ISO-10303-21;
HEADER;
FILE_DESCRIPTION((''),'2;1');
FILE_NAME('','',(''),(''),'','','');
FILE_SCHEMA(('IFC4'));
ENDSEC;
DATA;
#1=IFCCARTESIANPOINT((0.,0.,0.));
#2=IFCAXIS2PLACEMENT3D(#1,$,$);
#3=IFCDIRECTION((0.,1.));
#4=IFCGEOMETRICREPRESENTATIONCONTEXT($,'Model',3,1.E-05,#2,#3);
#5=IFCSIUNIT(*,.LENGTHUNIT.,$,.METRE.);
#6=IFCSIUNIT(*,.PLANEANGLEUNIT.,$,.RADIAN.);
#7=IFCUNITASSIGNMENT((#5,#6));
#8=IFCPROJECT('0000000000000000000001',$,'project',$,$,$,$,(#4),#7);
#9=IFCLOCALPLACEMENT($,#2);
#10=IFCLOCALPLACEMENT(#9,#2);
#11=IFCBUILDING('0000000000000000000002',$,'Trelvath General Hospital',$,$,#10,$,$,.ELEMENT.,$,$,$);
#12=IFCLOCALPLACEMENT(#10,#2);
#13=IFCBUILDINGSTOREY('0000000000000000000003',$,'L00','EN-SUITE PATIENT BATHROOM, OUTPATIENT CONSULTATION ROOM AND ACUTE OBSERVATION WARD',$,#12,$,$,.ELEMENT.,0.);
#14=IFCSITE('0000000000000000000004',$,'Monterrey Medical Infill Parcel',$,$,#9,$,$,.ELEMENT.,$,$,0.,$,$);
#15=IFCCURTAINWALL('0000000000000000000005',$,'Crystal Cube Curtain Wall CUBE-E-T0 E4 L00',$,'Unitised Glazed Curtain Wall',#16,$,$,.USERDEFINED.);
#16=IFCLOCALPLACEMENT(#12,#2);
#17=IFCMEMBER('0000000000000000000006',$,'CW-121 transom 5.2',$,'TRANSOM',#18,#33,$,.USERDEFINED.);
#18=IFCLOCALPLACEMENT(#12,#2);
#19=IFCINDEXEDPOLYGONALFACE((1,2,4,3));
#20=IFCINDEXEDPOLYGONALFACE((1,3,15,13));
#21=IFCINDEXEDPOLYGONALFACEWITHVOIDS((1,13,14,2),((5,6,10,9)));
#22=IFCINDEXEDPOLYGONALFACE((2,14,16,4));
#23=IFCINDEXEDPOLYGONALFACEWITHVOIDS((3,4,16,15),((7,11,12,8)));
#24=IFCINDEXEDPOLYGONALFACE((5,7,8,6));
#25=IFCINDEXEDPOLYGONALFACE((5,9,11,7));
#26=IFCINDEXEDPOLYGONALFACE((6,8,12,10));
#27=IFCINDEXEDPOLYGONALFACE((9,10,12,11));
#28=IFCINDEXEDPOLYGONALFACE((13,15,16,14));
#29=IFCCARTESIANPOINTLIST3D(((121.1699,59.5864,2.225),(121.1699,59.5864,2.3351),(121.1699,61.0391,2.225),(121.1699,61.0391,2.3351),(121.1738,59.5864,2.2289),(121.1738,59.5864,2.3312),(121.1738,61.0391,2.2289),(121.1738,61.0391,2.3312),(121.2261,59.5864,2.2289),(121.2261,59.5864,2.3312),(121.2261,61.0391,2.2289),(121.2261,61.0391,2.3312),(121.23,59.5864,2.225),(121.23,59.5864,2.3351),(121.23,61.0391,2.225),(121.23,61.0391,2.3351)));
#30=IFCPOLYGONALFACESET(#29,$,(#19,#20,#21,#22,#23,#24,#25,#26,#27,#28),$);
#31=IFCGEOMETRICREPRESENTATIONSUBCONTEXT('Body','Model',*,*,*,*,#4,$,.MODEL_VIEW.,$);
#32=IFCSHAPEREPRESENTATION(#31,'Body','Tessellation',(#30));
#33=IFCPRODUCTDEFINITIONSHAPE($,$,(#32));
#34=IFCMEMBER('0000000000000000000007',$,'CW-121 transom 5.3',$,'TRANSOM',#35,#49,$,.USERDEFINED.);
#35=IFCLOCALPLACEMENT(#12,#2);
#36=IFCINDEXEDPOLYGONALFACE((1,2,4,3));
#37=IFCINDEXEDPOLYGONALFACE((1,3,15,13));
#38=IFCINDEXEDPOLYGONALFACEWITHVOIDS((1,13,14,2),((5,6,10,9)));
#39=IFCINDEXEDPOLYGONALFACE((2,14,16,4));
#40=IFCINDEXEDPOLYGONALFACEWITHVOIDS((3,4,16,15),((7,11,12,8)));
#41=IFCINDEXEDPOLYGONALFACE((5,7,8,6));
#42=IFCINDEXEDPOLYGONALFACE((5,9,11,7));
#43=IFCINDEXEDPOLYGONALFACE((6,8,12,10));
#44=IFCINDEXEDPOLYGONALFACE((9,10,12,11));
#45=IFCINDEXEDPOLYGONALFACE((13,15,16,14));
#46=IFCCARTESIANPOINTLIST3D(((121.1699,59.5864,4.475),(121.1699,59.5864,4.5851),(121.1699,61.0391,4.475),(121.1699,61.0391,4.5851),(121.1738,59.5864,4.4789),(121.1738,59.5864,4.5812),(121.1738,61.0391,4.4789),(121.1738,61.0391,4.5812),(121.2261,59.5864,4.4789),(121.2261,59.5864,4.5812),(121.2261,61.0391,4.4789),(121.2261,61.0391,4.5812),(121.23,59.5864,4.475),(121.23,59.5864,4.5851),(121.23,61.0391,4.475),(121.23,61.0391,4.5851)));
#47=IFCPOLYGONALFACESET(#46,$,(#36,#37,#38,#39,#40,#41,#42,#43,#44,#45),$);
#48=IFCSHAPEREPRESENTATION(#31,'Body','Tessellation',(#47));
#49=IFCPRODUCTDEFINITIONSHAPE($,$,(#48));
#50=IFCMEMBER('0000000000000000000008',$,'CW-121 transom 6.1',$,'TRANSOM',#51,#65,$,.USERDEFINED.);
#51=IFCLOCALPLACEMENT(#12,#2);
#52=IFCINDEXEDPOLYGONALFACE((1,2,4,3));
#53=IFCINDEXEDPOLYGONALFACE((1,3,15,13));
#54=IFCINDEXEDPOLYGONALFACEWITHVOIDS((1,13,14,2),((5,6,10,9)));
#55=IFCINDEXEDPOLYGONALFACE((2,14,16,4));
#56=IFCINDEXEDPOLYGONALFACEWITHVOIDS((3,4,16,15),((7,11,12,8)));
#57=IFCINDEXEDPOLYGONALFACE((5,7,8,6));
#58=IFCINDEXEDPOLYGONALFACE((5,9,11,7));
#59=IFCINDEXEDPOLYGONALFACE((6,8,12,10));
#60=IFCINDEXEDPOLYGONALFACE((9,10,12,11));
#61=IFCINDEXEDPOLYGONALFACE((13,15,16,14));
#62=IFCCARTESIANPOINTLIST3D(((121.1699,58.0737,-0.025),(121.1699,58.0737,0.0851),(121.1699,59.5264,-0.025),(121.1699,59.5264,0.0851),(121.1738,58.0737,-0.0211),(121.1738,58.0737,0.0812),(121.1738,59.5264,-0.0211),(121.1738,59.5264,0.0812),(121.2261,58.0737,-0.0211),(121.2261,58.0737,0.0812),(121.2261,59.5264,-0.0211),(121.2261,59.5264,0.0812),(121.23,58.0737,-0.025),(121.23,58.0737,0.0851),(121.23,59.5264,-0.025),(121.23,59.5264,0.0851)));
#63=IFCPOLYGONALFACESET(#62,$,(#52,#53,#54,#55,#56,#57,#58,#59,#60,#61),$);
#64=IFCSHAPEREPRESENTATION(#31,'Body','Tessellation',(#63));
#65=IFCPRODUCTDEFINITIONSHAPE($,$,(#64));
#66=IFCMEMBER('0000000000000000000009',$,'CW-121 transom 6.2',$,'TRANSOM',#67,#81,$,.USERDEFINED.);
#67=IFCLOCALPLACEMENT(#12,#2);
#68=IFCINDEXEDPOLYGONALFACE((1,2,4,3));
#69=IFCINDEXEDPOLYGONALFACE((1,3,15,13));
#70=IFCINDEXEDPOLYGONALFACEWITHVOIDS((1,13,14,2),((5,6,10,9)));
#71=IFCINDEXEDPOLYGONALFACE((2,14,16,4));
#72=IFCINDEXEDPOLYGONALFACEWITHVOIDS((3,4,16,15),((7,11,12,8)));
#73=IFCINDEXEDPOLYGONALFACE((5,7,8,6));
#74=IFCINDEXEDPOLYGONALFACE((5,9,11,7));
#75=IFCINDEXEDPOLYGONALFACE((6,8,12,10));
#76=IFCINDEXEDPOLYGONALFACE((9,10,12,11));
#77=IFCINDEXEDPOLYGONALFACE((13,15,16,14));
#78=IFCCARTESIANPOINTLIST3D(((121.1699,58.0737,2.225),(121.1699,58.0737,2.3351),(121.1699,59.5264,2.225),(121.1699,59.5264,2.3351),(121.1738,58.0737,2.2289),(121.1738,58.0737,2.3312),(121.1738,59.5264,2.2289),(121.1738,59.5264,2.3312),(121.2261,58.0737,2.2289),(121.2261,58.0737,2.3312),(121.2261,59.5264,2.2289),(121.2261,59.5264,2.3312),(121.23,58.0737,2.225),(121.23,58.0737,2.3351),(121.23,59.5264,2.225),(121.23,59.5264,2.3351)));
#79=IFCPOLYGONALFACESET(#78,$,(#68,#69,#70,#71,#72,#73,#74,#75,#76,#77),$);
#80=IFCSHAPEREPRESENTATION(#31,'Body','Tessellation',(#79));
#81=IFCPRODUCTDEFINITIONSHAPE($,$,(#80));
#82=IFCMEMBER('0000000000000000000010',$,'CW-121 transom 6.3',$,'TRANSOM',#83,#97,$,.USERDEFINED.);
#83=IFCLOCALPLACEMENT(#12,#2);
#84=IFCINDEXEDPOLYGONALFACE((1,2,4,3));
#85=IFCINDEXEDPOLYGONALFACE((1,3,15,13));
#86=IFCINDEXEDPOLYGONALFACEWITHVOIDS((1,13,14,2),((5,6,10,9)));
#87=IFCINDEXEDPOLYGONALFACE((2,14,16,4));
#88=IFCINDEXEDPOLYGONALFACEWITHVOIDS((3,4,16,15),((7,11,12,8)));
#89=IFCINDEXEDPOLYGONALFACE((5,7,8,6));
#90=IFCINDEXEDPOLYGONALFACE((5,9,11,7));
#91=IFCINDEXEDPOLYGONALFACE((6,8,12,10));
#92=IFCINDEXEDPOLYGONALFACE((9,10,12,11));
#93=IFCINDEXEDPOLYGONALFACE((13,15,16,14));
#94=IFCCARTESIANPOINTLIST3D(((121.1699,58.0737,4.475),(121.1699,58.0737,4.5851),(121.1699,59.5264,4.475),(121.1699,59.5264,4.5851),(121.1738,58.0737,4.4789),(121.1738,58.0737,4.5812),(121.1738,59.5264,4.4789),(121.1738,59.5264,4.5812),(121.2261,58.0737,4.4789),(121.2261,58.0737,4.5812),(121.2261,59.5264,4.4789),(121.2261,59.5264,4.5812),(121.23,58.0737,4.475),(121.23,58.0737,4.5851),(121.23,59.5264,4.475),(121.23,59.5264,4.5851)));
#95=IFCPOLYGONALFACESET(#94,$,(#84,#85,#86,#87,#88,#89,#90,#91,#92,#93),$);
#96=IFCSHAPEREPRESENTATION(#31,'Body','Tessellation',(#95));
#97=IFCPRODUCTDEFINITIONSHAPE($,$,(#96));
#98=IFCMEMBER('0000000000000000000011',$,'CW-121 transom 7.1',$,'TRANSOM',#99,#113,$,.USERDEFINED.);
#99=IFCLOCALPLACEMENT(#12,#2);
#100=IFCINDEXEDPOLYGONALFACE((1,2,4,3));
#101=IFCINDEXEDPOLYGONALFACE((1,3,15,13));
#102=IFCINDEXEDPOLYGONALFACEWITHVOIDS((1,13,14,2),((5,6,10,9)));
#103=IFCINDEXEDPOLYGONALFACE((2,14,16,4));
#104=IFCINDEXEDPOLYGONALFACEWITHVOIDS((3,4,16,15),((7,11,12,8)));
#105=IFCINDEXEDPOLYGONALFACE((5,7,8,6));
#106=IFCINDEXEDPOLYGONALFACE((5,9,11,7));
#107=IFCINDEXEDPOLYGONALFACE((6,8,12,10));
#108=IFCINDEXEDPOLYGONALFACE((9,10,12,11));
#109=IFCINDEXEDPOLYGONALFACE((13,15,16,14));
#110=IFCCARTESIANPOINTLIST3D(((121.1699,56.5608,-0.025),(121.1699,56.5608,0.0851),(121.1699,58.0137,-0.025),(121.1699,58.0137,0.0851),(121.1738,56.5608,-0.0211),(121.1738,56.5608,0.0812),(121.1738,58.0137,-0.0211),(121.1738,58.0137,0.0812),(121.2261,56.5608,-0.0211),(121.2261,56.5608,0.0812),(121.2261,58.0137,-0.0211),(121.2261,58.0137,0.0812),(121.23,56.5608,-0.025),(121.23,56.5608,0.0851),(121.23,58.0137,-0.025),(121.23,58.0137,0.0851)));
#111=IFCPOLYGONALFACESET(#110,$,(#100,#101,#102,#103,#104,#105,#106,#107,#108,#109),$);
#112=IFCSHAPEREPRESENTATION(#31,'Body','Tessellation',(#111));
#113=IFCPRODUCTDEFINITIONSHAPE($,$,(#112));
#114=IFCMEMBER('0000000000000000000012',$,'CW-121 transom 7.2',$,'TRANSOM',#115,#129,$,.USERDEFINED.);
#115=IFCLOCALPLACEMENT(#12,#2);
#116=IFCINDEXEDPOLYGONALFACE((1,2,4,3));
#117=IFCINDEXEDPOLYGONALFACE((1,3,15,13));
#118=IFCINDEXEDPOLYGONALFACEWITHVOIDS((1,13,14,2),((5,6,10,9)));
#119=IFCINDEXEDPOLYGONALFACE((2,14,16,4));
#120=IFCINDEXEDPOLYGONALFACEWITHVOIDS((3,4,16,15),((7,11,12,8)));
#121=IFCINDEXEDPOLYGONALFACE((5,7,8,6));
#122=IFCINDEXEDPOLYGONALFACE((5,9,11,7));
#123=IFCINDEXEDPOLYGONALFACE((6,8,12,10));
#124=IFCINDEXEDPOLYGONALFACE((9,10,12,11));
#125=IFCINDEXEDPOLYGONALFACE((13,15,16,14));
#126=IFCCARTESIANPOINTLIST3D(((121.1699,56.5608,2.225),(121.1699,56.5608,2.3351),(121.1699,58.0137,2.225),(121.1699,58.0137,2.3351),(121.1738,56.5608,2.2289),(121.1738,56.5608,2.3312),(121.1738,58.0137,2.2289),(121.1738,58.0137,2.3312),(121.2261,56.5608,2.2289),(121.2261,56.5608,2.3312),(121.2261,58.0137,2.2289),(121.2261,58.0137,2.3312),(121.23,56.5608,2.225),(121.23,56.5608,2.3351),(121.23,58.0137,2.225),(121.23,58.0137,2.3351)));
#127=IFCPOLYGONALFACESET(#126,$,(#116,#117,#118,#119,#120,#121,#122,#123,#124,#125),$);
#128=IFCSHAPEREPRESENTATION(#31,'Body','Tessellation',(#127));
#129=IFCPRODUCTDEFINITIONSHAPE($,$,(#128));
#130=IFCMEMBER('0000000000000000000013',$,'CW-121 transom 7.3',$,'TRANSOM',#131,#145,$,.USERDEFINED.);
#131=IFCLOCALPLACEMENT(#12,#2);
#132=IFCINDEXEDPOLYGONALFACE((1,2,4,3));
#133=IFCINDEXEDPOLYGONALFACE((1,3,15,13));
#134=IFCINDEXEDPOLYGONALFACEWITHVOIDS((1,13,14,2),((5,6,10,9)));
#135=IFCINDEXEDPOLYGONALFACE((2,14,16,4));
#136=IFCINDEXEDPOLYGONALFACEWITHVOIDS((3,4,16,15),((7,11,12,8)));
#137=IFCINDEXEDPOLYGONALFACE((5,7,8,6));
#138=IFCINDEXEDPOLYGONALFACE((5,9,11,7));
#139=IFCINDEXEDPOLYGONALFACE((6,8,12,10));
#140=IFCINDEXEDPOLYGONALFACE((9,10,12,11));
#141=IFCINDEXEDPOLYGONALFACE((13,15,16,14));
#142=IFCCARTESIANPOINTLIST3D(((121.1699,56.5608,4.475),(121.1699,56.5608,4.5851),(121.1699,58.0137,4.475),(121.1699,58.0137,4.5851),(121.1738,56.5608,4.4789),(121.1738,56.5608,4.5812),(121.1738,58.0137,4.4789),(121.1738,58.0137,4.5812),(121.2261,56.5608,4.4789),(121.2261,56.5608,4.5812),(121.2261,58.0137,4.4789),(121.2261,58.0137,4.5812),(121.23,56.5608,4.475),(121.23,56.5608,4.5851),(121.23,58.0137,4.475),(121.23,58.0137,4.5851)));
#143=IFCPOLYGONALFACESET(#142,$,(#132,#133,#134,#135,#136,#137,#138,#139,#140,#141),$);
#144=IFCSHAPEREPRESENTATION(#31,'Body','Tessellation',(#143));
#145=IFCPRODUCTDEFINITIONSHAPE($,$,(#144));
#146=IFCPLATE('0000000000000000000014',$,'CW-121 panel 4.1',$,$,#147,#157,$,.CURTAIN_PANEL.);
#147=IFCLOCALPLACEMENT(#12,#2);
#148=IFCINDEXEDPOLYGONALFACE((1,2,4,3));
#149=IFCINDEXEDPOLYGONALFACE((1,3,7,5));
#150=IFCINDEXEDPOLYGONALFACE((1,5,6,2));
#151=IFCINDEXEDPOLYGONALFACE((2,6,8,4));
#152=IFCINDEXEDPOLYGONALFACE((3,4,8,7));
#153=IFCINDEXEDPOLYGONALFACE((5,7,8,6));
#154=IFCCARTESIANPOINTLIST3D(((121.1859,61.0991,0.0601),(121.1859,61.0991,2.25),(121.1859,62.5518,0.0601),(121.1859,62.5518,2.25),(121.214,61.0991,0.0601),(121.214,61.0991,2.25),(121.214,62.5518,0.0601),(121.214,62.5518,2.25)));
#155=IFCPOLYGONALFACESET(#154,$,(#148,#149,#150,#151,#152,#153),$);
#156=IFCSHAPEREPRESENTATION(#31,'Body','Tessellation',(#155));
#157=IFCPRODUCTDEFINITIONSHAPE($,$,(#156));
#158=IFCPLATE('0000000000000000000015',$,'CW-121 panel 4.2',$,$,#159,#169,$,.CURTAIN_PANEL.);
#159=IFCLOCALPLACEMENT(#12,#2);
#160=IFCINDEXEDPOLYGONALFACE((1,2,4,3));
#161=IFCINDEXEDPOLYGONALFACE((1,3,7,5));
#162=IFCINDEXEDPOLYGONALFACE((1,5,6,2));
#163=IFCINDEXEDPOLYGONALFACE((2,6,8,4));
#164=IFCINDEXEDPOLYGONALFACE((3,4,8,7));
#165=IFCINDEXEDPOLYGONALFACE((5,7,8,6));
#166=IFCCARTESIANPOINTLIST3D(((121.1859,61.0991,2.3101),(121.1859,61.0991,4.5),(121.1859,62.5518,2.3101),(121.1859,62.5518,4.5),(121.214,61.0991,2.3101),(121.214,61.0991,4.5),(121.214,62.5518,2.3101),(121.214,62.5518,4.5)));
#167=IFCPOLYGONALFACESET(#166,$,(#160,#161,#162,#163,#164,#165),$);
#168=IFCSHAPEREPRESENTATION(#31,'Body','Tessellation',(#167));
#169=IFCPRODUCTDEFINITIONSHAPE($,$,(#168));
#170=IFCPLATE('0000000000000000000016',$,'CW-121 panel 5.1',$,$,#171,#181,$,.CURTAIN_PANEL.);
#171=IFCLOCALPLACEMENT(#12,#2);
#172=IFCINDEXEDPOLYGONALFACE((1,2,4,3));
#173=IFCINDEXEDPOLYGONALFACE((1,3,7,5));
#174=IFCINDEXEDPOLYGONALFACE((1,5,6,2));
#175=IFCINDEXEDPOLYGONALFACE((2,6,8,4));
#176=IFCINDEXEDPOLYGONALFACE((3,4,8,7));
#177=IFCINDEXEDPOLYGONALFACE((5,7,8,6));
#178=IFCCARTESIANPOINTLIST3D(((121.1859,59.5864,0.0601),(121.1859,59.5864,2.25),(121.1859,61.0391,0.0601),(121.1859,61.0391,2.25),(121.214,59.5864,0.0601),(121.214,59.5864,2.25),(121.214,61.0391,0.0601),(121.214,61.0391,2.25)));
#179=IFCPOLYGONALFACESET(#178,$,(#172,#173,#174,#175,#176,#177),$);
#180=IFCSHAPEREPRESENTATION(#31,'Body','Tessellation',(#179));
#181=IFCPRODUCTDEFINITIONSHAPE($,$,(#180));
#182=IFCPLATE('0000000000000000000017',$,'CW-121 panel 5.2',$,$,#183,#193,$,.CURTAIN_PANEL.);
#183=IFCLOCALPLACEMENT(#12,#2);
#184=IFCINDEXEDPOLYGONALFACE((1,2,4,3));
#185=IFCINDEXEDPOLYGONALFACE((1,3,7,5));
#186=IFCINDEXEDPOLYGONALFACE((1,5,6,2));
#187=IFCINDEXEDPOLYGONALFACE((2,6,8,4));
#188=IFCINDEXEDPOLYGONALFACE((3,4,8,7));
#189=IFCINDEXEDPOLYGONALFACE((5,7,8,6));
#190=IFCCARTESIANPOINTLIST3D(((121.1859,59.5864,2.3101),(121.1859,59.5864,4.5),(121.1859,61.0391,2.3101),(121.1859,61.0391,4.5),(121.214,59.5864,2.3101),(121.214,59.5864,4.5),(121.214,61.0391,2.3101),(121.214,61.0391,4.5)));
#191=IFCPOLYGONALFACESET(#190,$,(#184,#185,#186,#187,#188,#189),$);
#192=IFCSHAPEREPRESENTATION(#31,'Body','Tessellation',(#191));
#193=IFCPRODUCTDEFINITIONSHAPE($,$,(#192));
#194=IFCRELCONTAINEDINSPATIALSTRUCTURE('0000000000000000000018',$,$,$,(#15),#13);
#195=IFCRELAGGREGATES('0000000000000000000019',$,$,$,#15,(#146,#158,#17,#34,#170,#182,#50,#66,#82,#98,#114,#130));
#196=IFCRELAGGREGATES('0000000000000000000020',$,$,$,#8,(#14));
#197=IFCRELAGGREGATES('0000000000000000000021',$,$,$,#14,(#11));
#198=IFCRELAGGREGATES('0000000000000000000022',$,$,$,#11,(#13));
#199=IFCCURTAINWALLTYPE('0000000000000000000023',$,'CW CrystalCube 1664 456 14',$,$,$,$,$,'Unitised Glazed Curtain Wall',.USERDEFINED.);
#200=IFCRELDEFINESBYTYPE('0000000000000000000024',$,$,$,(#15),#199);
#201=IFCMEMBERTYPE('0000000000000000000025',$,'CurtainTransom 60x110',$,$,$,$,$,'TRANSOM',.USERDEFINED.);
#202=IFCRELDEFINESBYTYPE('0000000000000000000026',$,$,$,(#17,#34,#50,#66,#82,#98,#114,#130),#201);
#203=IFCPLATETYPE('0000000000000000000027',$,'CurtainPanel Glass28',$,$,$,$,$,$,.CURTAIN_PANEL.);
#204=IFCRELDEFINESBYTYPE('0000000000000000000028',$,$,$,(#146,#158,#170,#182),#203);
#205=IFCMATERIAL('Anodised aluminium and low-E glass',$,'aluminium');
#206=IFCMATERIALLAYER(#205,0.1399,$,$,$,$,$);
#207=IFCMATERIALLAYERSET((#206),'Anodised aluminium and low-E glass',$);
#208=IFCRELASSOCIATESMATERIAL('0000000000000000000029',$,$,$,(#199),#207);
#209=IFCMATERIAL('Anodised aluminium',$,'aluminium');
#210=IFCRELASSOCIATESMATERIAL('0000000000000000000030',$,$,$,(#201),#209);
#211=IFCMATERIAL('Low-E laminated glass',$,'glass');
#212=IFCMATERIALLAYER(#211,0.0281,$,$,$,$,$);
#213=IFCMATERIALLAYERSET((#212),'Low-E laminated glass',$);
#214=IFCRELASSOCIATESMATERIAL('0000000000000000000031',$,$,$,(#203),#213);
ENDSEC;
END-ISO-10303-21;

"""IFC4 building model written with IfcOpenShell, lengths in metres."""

from ifc_helpers import new_model, si_unit, direction, frame, origin, origin_2d, place, context, subcontext, project, spatial, rectangle, hollow_rectangle, extrude, material, layer, layer_set, material_profile, profile_set, type_object, element, aggregate, save


model = new_model("IFC4")

# Units and contexts
model_context = context("Model", 3, precision=1e-05, world=origin(), true_north=direction((0.0, 1.0)))
body_context = subcontext(model_context, "Body", "Model", "MODEL_VIEW")
ifc_project = project(units=[si_unit("LENGTHUNIT", "METRE"), si_unit("PLANEANGLEUNIT", "RADIAN")], contexts=[model_context])

# Site, building, storey
site_placement = place(None, origin())
site = spatial("IfcSite", under=ifc_project, at=site_placement, Name="Monterrey Medical Infill Parcel", CompositionType="ELEMENT", RefElevation=0.0)
building_placement = place(site_placement, origin())
building = spatial("IfcBuilding", under=site, at=building_placement, Name="Trelvath General Hospital", CompositionType="ELEMENT")
storey_placement = place(building_placement, origin())
storey = spatial("IfcBuildingStorey", under=building, at=storey_placement, Name="L00", Description="EN-SUITE PATIENT BATHROOM, OUTPATIENT CONSULTATION ROOM AND ACUTE OBSERVATION WARD", CompositionType="ELEMENT", Elevation=0.0)

# Curtain wall
ifc_material_1 = material(Name="Anodised aluminium and low-E glass", Category="aluminium")
ifc_layer_1 = layer(ifc_material_1, 0.1399)
ifc_layer_set_1 = layer_set([ifc_layer_1], Name="Anodised aluminium and low-E glass")
curtain_wall_type_1 = type_object("IfcCurtainWallType", Name="CW CrystalCube 1664 456 14", ElementType="Unitised Glazed Curtain Wall", PredefinedType="USERDEFINED", material=ifc_layer_set_1)
curtain_wall_1_placement = place(storey_placement, origin())
curtain_wall_1 = element("IfcCurtainWall", 1, at=curtain_wall_1_placement, inside=storey, type_object=curtain_wall_type_1, Name="Crystal Cube Curtain Wall CUBE-E-T0 E4 L00", ObjectType="Unitised Glazed Curtain Wall", PredefinedType="USERDEFINED")

# Members
ifc_material_2 = material(Name="Anodised aluminium", Category="aluminium")
ifc_material_profile_1 = material_profile(ifc_material_2, hollow_rectangle(XDim=0.0601, YDim=0.1101, WallThickness=0.0039, at=origin_2d()), Name="RHS60x110x4")
ifc_profile_set_1 = profile_set([ifc_material_profile_1], Name="Anodised aluminium")
member_type_1 = type_object("IfcMemberType", Name="CurtainTransom 60x110", ElementType="TRANSOM", PredefinedType="USERDEFINED", material=ifc_profile_set_1)
member_1_placement = place(storey_placement, frame((121.2, 61.0391, 2.28), z_axis=(0.0, -1.0, 0.0), x_axis=(1.0, 0.0, 0.0)))
member_1 = element("IfcMember", 2, at=member_1_placement, type_object=member_type_1, Name="CW-121 transom 5.2", ObjectType="TRANSOM", PredefinedType="USERDEFINED", context=body_context, shape_type="SweptSolid", body=[
    extrude(hollow_rectangle(XDim=0.0601, YDim=0.1101, WallThickness=0.0039, at=origin_2d()), origin(), (0.0, 0.0, 1.0), 1.4526),
])
member_2_placement = place(storey_placement, frame((121.2, 61.0391, 4.53), z_axis=(0.0, -1.0, 0.0), x_axis=(1.0, 0.0, 0.0)))
member_2 = element("IfcMember", 3, at=member_2_placement, type_object=member_type_1, Name="CW-121 transom 5.3", ObjectType="TRANSOM", PredefinedType="USERDEFINED", context=body_context, shape_type="SweptSolid", body=[
    extrude(hollow_rectangle(XDim=0.0601, YDim=0.1101, WallThickness=0.0039, at=origin_2d()), origin(), (0.0, 0.0, 1.0), 1.4526),
])
member_3_placement = place(storey_placement, frame((121.2, 59.5264, 0.03), z_axis=(0.0, -1.0, 0.0), x_axis=(1.0, 0.0, 0.0)))
member_3 = element("IfcMember", 4, at=member_3_placement, type_object=member_type_1, Name="CW-121 transom 6.1", ObjectType="TRANSOM", PredefinedType="USERDEFINED", context=body_context, shape_type="SweptSolid", body=[
    extrude(hollow_rectangle(XDim=0.0601, YDim=0.1101, WallThickness=0.0039, at=origin_2d()), origin(), (0.0, 0.0, 1.0), 1.4526),
])
member_4_placement = place(storey_placement, frame((121.2, 59.5264, 2.28), z_axis=(0.0, -1.0, 0.0), x_axis=(1.0, 0.0, 0.0)))
member_4 = element("IfcMember", 5, at=member_4_placement, type_object=member_type_1, Name="CW-121 transom 6.2", ObjectType="TRANSOM", PredefinedType="USERDEFINED", context=body_context, shape_type="SweptSolid", body=[
    extrude(hollow_rectangle(XDim=0.0601, YDim=0.1101, WallThickness=0.0039, at=origin_2d()), origin(), (0.0, 0.0, 1.0), 1.4526),
])
member_5_placement = place(storey_placement, frame((121.2, 59.5264, 4.53), z_axis=(0.0, -1.0, 0.0), x_axis=(1.0, 0.0, 0.0)))
member_5 = element("IfcMember", 6, at=member_5_placement, type_object=member_type_1, Name="CW-121 transom 6.3", ObjectType="TRANSOM", PredefinedType="USERDEFINED", context=body_context, shape_type="SweptSolid", body=[
    extrude(hollow_rectangle(XDim=0.0601, YDim=0.1101, WallThickness=0.0039, at=origin_2d()), origin(), (0.0, 0.0, 1.0), 1.4526),
])
member_6_placement = place(storey_placement, frame((121.2, 58.0137, 0.03), z_axis=(0.0, -1.0, 0.0), x_axis=(1.0, 0.0, 0.0)))
member_6 = element("IfcMember", 7, at=member_6_placement, type_object=member_type_1, Name="CW-121 transom 7.1", ObjectType="TRANSOM", PredefinedType="USERDEFINED", context=body_context, shape_type="SweptSolid", body=[
    extrude(hollow_rectangle(XDim=0.0601, YDim=0.1101, WallThickness=0.0039, at=origin_2d()), origin(), (0.0, 0.0, 1.0), 1.4529),
])
member_7_placement = place(storey_placement, frame((121.2, 58.0137, 2.28), z_axis=(0.0, -1.0, 0.0), x_axis=(1.0, 0.0, 0.0)))
member_7 = element("IfcMember", 8, at=member_7_placement, type_object=member_type_1, Name="CW-121 transom 7.2", ObjectType="TRANSOM", PredefinedType="USERDEFINED", context=body_context, shape_type="SweptSolid", body=[
    extrude(hollow_rectangle(XDim=0.0601, YDim=0.1101, WallThickness=0.0039, at=origin_2d()), origin(), (0.0, 0.0, 1.0), 1.4529),
])
member_8_placement = place(storey_placement, frame((121.2, 58.0137, 4.53), z_axis=(0.0, -1.0, 0.0), x_axis=(1.0, 0.0, 0.0)))
member_8 = element("IfcMember", 9, at=member_8_placement, type_object=member_type_1, Name="CW-121 transom 7.3", ObjectType="TRANSOM", PredefinedType="USERDEFINED", context=body_context, shape_type="SweptSolid", body=[
    extrude(hollow_rectangle(XDim=0.0601, YDim=0.1101, WallThickness=0.0039, at=origin_2d()), origin(), (0.0, 0.0, 1.0), 1.4529),
])

# Plates
ifc_material_3 = material(Name="Low-E laminated glass", Category="glass")
ifc_layer_2 = layer(ifc_material_3, 0.0281)
ifc_layer_set_2 = layer_set([ifc_layer_2], Name="Low-E laminated glass")
plate_type = type_object("IfcPlateType", Name="CurtainPanel Glass28", PredefinedType="CURTAIN_PANEL", material=ifc_layer_set_2)
plate_1_placement = place(storey_placement, frame((121.2, 61.8254, 0.0601), z_axis=(0.0, 0.0, 1.0), x_axis=(0.0, -1.0, 0.0)))
plate_1 = element("IfcPlate", 10, at=plate_1_placement, type_object=plate_type, Name="CW-121 panel 4.1", PredefinedType="CURTAIN_PANEL", context=body_context, shape_type="SweptSolid", body=[
    extrude(rectangle(XDim=1.4526, YDim=0.0281, at=origin_2d()), origin(), (0.0, 0.0, 1.0), 2.1899),
])
plate_2_placement = place(storey_placement, frame((121.2, 61.8254, 2.3101), z_axis=(0.0, 0.0, 1.0), x_axis=(0.0, -1.0, 0.0)))
plate_2 = element("IfcPlate", 11, at=plate_2_placement, type_object=plate_type, Name="CW-121 panel 4.2", PredefinedType="CURTAIN_PANEL", context=body_context, shape_type="SweptSolid", body=[
    extrude(rectangle(XDim=1.4526, YDim=0.0281, at=origin_2d()), origin(), (0.0, 0.0, 1.0), 2.1899),
])
plate_3_placement = place(storey_placement, frame((121.2, 60.3127, 0.0601), z_axis=(0.0, 0.0, 1.0), x_axis=(0.0, -1.0, 0.0)))
plate_3 = element("IfcPlate", 12, at=plate_3_placement, type_object=plate_type, Name="CW-121 panel 5.1", PredefinedType="CURTAIN_PANEL", context=body_context, shape_type="SweptSolid", body=[
    extrude(rectangle(XDim=1.4526, YDim=0.0281, at=origin_2d()), origin(), (0.0, 0.0, 1.0), 2.1899),
])
plate_4_placement = place(storey_placement, frame((121.2, 60.3127, 2.3101), z_axis=(0.0, 0.0, 1.0), x_axis=(0.0, -1.0, 0.0)))
plate_4 = element("IfcPlate", 13, at=plate_4_placement, type_object=plate_type, Name="CW-121 panel 5.2", PredefinedType="CURTAIN_PANEL", context=body_context, shape_type="SweptSolid", body=[
    extrude(rectangle(XDim=1.4526, YDim=0.0281, at=origin_2d()), origin(), (0.0, 0.0, 1.0), 2.1899),
])
aggregate(curtain_wall_1, [plate_1, plate_2, member_1, member_2, plate_3, plate_4, member_3, member_4, member_5, member_6, member_7, member_8])

save(model, "model.ifc")
